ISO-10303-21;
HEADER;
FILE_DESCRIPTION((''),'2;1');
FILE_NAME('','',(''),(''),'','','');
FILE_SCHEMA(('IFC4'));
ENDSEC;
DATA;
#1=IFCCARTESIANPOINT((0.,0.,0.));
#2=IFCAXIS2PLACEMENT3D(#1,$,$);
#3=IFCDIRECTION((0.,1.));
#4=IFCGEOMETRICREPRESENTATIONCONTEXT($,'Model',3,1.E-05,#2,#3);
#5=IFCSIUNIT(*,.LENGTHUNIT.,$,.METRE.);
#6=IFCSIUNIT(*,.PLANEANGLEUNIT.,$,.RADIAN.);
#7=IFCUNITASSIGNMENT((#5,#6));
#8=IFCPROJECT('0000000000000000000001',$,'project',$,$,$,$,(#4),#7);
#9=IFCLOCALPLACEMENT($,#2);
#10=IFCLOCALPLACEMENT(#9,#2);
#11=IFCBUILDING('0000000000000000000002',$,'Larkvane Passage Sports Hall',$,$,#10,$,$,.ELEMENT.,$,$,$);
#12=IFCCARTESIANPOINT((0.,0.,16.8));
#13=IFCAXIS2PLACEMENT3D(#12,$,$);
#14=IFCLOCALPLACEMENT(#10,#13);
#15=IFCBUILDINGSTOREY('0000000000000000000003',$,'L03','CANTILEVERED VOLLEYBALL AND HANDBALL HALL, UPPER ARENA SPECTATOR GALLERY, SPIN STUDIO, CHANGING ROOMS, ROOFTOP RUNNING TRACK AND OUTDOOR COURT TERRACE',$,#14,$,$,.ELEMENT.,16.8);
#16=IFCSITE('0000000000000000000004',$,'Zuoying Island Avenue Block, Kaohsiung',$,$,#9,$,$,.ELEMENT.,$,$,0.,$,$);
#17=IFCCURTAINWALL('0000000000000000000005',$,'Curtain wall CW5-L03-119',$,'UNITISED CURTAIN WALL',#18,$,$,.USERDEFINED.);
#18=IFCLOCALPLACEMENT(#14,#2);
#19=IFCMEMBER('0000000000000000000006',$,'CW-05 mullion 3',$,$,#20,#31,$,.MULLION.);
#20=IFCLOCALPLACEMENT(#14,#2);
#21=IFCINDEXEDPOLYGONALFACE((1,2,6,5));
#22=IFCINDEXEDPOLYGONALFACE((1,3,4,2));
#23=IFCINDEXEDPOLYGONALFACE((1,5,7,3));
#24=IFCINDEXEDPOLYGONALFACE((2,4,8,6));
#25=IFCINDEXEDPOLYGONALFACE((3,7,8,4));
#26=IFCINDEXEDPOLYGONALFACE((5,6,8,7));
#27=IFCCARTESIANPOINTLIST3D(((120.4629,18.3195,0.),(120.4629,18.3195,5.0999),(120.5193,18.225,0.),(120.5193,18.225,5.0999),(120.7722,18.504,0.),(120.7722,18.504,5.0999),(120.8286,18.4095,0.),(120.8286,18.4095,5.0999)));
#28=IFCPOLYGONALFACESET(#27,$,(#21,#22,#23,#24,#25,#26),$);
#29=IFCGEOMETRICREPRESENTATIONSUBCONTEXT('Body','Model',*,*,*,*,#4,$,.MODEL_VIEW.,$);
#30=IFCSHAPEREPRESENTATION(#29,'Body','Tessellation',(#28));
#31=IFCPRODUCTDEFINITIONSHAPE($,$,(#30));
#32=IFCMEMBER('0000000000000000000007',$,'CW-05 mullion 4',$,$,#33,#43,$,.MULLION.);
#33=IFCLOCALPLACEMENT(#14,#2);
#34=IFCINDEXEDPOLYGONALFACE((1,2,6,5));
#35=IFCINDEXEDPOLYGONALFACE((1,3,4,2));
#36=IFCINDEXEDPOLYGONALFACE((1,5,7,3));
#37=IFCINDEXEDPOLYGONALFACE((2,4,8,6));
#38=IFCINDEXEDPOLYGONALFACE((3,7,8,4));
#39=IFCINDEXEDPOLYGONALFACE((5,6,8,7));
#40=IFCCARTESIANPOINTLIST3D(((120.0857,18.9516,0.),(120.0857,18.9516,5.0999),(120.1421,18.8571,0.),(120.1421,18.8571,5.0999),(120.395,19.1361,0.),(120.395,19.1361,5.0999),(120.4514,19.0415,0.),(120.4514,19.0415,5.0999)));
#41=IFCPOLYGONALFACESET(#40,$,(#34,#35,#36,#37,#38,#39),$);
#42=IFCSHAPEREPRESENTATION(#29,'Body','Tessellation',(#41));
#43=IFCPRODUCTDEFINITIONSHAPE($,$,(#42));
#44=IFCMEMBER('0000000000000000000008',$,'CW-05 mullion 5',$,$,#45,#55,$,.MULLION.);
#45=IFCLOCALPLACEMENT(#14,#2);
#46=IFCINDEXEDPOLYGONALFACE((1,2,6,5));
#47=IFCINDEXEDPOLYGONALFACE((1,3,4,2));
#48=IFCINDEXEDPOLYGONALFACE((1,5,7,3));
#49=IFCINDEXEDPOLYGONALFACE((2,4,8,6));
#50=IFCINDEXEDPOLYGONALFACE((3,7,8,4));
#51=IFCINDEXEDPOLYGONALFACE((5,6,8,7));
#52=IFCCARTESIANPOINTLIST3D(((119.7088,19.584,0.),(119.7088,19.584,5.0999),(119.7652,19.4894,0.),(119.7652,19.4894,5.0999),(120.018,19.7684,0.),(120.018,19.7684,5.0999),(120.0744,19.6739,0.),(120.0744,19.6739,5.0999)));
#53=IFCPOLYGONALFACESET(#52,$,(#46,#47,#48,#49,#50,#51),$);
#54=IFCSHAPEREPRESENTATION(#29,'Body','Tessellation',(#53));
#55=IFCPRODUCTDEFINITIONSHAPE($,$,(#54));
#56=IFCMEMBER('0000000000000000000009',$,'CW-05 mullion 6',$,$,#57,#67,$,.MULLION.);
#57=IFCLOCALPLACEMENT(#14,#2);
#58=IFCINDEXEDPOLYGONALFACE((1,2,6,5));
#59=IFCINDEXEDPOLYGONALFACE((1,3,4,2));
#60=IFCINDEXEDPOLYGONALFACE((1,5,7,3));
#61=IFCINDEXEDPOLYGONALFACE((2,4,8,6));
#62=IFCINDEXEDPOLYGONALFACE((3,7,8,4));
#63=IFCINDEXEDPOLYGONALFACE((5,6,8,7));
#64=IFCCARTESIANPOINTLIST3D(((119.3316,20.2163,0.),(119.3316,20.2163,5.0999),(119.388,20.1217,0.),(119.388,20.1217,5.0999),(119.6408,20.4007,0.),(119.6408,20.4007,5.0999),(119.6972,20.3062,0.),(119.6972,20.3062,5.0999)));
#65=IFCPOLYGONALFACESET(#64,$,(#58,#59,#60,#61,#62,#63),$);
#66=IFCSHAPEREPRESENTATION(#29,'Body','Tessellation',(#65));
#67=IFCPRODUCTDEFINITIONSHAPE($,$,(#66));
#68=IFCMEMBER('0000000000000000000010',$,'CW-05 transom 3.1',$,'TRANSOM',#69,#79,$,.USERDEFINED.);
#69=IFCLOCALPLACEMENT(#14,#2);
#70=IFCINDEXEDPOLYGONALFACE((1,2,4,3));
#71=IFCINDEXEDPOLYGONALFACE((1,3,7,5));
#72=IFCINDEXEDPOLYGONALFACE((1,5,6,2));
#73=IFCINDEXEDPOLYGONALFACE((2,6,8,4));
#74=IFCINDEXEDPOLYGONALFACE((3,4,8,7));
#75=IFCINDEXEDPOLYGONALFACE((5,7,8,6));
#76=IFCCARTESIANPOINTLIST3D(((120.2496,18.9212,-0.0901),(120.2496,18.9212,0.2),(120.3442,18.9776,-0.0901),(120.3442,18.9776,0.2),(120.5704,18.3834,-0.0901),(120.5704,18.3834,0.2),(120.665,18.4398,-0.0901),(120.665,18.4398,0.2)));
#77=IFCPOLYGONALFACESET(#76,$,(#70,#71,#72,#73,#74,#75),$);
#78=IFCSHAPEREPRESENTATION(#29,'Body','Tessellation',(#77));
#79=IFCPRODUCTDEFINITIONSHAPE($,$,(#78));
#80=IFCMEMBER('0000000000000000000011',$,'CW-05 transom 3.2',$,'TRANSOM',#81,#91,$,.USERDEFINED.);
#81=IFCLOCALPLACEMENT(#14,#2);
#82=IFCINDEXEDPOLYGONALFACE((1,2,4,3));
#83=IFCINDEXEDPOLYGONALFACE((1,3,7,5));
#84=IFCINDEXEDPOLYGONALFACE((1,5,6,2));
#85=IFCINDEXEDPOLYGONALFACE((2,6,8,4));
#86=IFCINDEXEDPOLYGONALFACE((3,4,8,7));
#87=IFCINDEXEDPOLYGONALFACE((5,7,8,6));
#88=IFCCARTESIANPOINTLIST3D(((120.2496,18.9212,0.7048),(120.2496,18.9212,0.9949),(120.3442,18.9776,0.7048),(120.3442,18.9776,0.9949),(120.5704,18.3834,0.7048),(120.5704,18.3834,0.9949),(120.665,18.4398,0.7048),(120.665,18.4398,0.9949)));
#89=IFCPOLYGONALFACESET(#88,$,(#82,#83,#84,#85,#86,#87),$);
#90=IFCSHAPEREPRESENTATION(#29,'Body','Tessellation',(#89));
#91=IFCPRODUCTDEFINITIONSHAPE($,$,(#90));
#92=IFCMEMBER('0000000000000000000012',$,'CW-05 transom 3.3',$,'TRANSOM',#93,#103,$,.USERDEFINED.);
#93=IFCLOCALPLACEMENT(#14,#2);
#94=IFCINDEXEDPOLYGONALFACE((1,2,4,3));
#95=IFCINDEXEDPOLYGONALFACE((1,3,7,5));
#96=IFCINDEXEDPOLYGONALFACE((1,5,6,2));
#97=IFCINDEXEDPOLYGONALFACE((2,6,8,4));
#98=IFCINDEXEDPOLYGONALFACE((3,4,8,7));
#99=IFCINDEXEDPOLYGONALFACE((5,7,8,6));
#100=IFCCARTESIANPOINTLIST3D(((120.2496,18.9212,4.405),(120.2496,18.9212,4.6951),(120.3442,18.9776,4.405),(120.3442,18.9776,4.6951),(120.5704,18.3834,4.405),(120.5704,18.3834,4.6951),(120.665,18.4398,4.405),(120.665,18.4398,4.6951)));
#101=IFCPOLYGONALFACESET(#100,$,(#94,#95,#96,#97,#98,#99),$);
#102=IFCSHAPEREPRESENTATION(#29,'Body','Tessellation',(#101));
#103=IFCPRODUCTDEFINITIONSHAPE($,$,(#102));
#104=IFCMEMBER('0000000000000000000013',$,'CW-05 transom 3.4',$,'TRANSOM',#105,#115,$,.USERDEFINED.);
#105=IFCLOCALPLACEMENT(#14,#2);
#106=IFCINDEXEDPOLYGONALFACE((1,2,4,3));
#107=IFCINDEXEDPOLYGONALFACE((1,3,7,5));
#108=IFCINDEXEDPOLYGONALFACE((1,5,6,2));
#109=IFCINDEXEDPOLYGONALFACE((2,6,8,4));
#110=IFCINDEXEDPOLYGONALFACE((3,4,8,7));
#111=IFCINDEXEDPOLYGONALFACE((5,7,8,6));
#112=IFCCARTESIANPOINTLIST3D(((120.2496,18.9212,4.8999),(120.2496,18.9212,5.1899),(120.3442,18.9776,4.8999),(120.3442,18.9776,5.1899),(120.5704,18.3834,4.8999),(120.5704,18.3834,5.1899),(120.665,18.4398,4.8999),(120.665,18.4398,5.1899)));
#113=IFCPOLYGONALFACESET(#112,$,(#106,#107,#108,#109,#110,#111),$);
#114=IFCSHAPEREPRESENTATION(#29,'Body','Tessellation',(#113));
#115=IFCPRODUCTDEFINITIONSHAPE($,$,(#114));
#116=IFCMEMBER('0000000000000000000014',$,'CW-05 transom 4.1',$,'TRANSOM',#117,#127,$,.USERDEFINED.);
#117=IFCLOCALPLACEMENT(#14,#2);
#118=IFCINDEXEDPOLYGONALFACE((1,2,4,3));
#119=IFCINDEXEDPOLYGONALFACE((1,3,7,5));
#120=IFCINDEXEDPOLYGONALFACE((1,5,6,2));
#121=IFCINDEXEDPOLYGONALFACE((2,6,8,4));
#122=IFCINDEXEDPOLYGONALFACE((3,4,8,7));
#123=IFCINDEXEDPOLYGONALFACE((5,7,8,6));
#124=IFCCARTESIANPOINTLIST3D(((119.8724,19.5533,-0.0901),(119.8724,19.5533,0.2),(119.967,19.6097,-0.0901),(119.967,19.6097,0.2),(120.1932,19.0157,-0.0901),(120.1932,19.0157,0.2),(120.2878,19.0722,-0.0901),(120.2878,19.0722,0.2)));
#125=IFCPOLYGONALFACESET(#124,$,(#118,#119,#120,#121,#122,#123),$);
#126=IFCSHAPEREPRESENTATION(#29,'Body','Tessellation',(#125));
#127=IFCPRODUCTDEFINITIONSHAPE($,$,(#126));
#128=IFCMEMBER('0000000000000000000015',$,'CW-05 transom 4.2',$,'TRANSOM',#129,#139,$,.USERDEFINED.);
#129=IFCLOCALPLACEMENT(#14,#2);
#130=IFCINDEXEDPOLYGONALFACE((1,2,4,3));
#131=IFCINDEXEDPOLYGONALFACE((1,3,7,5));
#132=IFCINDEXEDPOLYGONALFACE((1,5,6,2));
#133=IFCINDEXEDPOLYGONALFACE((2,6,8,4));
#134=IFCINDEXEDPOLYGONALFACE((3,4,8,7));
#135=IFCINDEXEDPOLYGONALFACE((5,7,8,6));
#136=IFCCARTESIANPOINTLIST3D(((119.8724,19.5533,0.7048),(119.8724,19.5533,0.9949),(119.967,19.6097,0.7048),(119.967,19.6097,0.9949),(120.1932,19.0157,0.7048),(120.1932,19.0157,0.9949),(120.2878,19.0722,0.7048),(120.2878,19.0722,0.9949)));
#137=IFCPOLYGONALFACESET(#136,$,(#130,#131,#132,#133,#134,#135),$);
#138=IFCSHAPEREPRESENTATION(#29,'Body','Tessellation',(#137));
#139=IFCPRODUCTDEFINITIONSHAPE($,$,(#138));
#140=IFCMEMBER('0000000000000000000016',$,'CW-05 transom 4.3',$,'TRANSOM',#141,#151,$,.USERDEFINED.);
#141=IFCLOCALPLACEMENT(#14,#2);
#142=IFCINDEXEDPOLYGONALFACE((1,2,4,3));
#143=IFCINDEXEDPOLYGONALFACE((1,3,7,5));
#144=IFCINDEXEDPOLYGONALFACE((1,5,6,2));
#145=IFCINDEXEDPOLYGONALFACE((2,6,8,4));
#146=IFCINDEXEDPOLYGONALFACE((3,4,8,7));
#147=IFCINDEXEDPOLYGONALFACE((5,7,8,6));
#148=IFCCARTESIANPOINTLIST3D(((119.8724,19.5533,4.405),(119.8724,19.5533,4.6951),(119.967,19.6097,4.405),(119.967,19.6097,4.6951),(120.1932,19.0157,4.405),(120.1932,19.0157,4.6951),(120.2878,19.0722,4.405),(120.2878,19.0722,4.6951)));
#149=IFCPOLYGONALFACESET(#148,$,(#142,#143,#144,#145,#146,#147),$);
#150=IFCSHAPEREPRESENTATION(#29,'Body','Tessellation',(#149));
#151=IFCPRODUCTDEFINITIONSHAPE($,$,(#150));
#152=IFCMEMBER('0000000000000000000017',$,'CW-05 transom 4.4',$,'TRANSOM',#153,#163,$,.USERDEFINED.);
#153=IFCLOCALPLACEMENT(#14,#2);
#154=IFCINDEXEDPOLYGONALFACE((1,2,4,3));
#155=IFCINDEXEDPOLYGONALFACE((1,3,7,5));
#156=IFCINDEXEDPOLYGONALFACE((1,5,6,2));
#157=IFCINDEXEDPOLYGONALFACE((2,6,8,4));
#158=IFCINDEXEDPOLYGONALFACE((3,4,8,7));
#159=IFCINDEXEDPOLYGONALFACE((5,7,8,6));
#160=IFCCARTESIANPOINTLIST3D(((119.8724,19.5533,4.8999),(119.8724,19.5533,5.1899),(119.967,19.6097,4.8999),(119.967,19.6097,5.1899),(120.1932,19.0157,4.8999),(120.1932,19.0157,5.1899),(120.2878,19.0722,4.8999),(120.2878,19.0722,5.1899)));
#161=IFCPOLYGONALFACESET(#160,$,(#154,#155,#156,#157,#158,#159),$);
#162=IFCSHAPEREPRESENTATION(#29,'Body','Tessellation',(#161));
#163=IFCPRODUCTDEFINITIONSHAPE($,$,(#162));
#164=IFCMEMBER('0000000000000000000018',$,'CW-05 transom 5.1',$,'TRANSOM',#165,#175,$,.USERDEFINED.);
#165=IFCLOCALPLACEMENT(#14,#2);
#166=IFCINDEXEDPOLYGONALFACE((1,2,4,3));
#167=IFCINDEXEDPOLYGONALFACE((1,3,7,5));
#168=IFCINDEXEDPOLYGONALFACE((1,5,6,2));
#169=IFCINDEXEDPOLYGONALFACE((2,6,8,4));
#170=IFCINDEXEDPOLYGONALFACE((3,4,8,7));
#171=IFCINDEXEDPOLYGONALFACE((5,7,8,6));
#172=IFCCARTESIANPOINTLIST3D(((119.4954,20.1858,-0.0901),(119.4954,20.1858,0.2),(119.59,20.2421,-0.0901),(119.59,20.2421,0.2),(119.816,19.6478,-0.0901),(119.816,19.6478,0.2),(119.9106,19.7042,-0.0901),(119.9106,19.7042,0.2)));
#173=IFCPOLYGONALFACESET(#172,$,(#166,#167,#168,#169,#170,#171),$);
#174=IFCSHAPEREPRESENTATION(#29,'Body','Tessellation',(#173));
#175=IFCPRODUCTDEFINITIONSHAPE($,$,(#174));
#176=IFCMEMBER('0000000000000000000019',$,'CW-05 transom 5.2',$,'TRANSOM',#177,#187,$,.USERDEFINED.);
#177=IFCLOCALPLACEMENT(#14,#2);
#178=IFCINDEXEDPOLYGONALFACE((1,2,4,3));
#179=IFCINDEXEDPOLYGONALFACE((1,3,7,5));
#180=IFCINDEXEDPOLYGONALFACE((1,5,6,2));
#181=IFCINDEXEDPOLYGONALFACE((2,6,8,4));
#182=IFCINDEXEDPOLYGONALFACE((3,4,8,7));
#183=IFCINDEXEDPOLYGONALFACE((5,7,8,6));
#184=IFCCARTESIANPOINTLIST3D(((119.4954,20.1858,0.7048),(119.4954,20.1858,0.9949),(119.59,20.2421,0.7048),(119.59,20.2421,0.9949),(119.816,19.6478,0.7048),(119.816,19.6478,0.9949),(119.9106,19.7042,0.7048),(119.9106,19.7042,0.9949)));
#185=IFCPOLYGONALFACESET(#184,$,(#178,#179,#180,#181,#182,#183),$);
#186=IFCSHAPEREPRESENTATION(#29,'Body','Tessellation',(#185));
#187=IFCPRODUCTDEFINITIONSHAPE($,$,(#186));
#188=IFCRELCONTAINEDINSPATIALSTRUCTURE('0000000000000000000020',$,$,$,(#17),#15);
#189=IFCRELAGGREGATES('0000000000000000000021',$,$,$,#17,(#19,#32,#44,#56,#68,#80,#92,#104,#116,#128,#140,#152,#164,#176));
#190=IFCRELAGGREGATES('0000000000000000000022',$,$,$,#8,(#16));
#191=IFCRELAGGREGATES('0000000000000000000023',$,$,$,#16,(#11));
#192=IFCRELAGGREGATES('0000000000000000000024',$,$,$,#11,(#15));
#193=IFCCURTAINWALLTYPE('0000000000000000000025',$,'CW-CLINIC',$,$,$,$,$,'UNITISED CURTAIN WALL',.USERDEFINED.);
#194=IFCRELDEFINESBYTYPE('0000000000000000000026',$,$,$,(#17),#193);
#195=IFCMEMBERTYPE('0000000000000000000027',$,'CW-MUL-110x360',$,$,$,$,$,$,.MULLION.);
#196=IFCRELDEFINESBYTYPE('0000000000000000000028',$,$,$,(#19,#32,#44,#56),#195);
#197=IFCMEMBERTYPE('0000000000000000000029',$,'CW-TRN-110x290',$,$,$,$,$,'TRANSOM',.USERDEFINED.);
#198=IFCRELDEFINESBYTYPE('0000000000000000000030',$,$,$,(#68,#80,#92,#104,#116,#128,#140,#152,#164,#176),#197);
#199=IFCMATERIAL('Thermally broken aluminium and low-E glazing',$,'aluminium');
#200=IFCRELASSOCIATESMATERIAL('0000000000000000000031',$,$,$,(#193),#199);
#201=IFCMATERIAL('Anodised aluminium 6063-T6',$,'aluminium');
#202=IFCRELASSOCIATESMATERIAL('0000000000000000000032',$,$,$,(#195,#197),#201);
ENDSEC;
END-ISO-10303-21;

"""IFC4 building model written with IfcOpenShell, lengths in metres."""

from ifc_helpers import new_model, si_unit, direction, frame, origin, origin_2d, place, context, subcontext, project, spatial, rectangle, extrude, material, material_profile, profile_set, type_object, element, aggregate, save


model = new_model("IFC4")

# Units and contexts
model_context = context("Model", 3, precision=1e-05, world=origin(), true_north=direction((0.0, 1.0)))
body_context = subcontext(model_context, "Body", "Model", "MODEL_VIEW")
ifc_project = project(units=[si_unit("LENGTHUNIT", "METRE"), si_unit("PLANEANGLEUNIT", "RADIAN")], contexts=[model_context])

# Site, building, storey
site_placement = place(None, origin())
site = spatial("IfcSite", under=ifc_project, at=site_placement, Name="Zuoying Island Avenue Block, Kaohsiung", CompositionType="ELEMENT", RefElevation=0.0)
building_placement = place(site_placement, origin())
building = spatial("IfcBuilding", under=site, at=building_placement, Name="Larkvane Passage Sports Hall", CompositionType="ELEMENT")
storey_placement = place(building_placement, frame((0.0, 0.0, 16.8)))
storey = spatial("IfcBuildingStorey", under=building, at=storey_placement, Name="L03", Description="CANTILEVERED VOLLEYBALL AND HANDBALL HALL, UPPER ARENA SPECTATOR GALLERY, SPIN STUDIO, CHANGING ROOMS, ROOFTOP RUNNING TRACK AND OUTDOOR COURT TERRACE", CompositionType="ELEMENT", Elevation=16.8)

# Curtain wall, members
ifc_material_1 = material(Name="Thermally broken aluminium and low-E glazing", Category="aluminium")
curtain_wall_type = type_object("IfcCurtainWallType", Name="CW-CLINIC", ElementType="UNITISED CURTAIN WALL", PredefinedType="USERDEFINED", material=ifc_material_1)
curtain_wall_placement = place(storey_placement, origin())
curtain_wall = element("IfcCurtainWall", 1, at=curtain_wall_placement, inside=storey, type_object=curtain_wall_type, Name="Curtain wall CW5-L03-119", ObjectType="UNITISED CURTAIN WALL", PredefinedType="USERDEFINED")
ifc_material_2 = material(Name="Anodised aluminium 6063-T6", Category="aluminium")
ifc_material_profile_1 = material_profile(ifc_material_2, rectangle(XDim=0.1101, YDim=0.3601, at=origin_2d()), Name="ALU-MUL-110x360")
ifc_profile_set_1 = profile_set([ifc_material_profile_1], Name="Anodised aluminium 6063-T6")
member_type_1 = type_object("IfcMemberType", Name="CW-MUL-110x360", PredefinedType="MULLION", material=ifc_profile_set_1)
member_1_placement = place(storey_placement, frame((120.6458, 18.3645, 0.0), z_axis=(0.0, 0.0, 1.0), x_axis=(-0.512274, 0.858822, 0.0)))
member_1 = element("IfcMember", 2, at=member_1_placement, type_object=member_type_1, Name="CW-05 mullion 3", PredefinedType="MULLION", context=body_context, shape_type="SweptSolid", body=[
    extrude(rectangle(XDim=0.1101, YDim=0.3601, at=origin_2d()), origin(), (0.0, 0.0, 1.0), 5.0999),
])
member_2_placement = place(storey_placement, frame((120.2686, 18.9966, 0.0), z_axis=(0.0, 0.0, 1.0), x_axis=(-0.512274, 0.858822, 0.0)))
member_2 = element("IfcMember", 3, at=member_2_placement, type_object=member_type_1, Name="CW-05 mullion 4", PredefinedType="MULLION", context=body_context, shape_type="SweptSolid", body=[
    extrude(rectangle(XDim=0.1101, YDim=0.3601, at=origin_2d()), origin(), (0.0, 0.0, 1.0), 5.0999),
])
member_3_placement = place(storey_placement, frame((119.8916, 19.6289, 0.0), z_axis=(0.0, 0.0, 1.0), x_axis=(-0.512274, 0.858822, 0.0)))
member_3 = element("IfcMember", 4, at=member_3_placement, type_object=member_type_1, Name="CW-05 mullion 5", PredefinedType="MULLION", context=body_context, shape_type="SweptSolid", body=[
    extrude(rectangle(XDim=0.1101, YDim=0.3601, at=origin_2d()), origin(), (0.0, 0.0, 1.0), 5.0999),
])
member_4_placement = place(storey_placement, frame((119.5144, 20.2612, 0.0), z_axis=(0.0, 0.0, 1.0), x_axis=(-0.512274, 0.858822, 0.0)))
member_4 = element("IfcMember", 5, at=member_4_placement, type_object=member_type_1, Name="CW-05 mullion 6", PredefinedType="MULLION", context=body_context, shape_type="SweptSolid", body=[
    extrude(rectangle(XDim=0.1101, YDim=0.3601, at=origin_2d()), origin(), (0.0, 0.0, 1.0), 5.0999),
])
ifc_material_profile_2 = material_profile(ifc_material_2, rectangle(XDim=0.1101, YDim=0.29, at=origin_2d()), Name="ALU-TRN-110x290")
ifc_profile_set_2 = profile_set([ifc_material_profile_2], Name="Anodised aluminium 6063-T6")
member_type_2 = type_object("IfcMemberType", Name="CW-TRN-110x290", ElementType="TRANSOM", PredefinedType="USERDEFINED", material=ifc_profile_set_2)
member_5_placement = place(storey_placement, frame((120.6177, 18.4116, 0.0549), z_axis=(-0.512258, 0.858832, 0.0), x_axis=(-0.858832, -0.512258, 0.0)))
member_5 = element("IfcMember", 6, at=member_5_placement, type_object=member_type_2, Name="CW-05 transom 3.1", ObjectType="TRANSOM", PredefinedType="USERDEFINED", context=body_context, shape_type="SweptSolid", body=[
    extrude(rectangle(XDim=0.1101, YDim=0.29, at=origin_2d()), origin(), (0.0, 0.0, 1.0), 0.6262),
])
member_6_placement = place(storey_placement, frame((120.6177, 18.4116, 0.8499), z_axis=(-0.512258, 0.858832, 0.0), x_axis=(-0.858832, -0.512258, 0.0)))
member_6 = element("IfcMember", 7, at=member_6_placement, type_object=member_type_2, Name="CW-05 transom 3.2", ObjectType="TRANSOM", PredefinedType="USERDEFINED", context=body_context, shape_type="SweptSolid", body=[
    extrude(rectangle(XDim=0.1101, YDim=0.29, at=origin_2d()), origin(), (0.0, 0.0, 1.0), 0.6262),
])
member_7_placement = place(storey_placement, frame((120.6177, 18.4116, 4.55), z_axis=(-0.512258, 0.858832, 0.0), x_axis=(-0.858832, -0.512258, 0.0)))
member_7 = element("IfcMember", 8, at=member_7_placement, type_object=member_type_2, Name="CW-05 transom 3.3", ObjectType="TRANSOM", PredefinedType="USERDEFINED", context=body_context, shape_type="SweptSolid", body=[
    extrude(rectangle(XDim=0.1101, YDim=0.29, at=origin_2d()), origin(), (0.0, 0.0, 1.0), 0.6262),
])
member_8_placement = place(storey_placement, frame((120.6177, 18.4116, 5.0449), z_axis=(-0.512258, 0.858832, 0.0), x_axis=(-0.858832, -0.512258, 0.0)))
member_8 = element("IfcMember", 9, at=member_8_placement, type_object=member_type_2, Name="CW-05 transom 3.4", ObjectType="TRANSOM", PredefinedType="USERDEFINED", context=body_context, shape_type="SweptSolid", body=[
    extrude(rectangle(XDim=0.1101, YDim=0.29, at=origin_2d()), origin(), (0.0, 0.0, 1.0), 0.6262),
])
member_9_placement = place(storey_placement, frame((120.2405, 19.0439, 0.0549), z_axis=(-0.51243, 0.858729, 0.0), x_axis=(-0.858729, -0.51243, 0.0)))
member_9 = element("IfcMember", 10, at=member_9_placement, type_object=member_type_2, Name="CW-05 transom 4.1", ObjectType="TRANSOM", PredefinedType="USERDEFINED", context=body_context, shape_type="SweptSolid", body=[
    extrude(rectangle(XDim=0.1101, YDim=0.29, at=origin_2d()), origin(), (0.0, 0.0, 1.0), 0.626),
])
member_10_placement = place(storey_placement, frame((120.2405, 19.0439, 0.8499), z_axis=(-0.51243, 0.858729, 0.0), x_axis=(-0.858729, -0.51243, 0.0)))
member_10 = element("IfcMember", 11, at=member_10_placement, type_object=member_type_2, Name="CW-05 transom 4.2", ObjectType="TRANSOM", PredefinedType="USERDEFINED", context=body_context, shape_type="SweptSolid", body=[
    extrude(rectangle(XDim=0.1101, YDim=0.29, at=origin_2d()), origin(), (0.0, 0.0, 1.0), 0.626),
])
member_11_placement = place(storey_placement, frame((120.2405, 19.0439, 4.55), z_axis=(-0.51243, 0.858729, 0.0), x_axis=(-0.858729, -0.51243, 0.0)))
member_11 = element("IfcMember", 12, at=member_11_placement, type_object=member_type_2, Name="CW-05 transom 4.3", ObjectType="TRANSOM", PredefinedType="USERDEFINED", context=body_context, shape_type="SweptSolid", body=[
    extrude(rectangle(XDim=0.1101, YDim=0.29, at=origin_2d()), origin(), (0.0, 0.0, 1.0), 0.626),
])
member_12_placement = place(storey_placement, frame((120.2405, 19.0439, 5.0449), z_axis=(-0.51243, 0.858729, 0.0), x_axis=(-0.858729, -0.51243, 0.0)))
member_12 = element("IfcMember", 13, at=member_12_placement, type_object=member_type_2, Name="CW-05 transom 4.4", ObjectType="TRANSOM", PredefinedType="USERDEFINED", context=body_context, shape_type="SweptSolid", body=[
    extrude(rectangle(XDim=0.1101, YDim=0.29, at=origin_2d()), origin(), (0.0, 0.0, 1.0), 0.626),
])
member_13_placement = place(storey_placement, frame((119.8633, 19.676, 0.0549), z_axis=(-0.51197, 0.859003, 0.0), x_axis=(-0.859003, -0.51197, 0.0)))
member_13 = element("IfcMember", 14, at=member_13_placement, type_object=member_type_2, Name="CW-05 transom 5.1", ObjectType="TRANSOM", PredefinedType="USERDEFINED", context=body_context, shape_type="SweptSolid", body=[
    extrude(rectangle(XDim=0.1101, YDim=0.29, at=origin_2d()), origin(), (0.0, 0.0, 1.0), 0.6262),
])
member_14_placement = place(storey_placement, frame((119.8633, 19.676, 0.8499), z_axis=(-0.51197, 0.859003, 0.0), x_axis=(-0.859003, -0.51197, 0.0)))
member_14 = element("IfcMember", 15, at=member_14_placement, type_object=member_type_2, Name="CW-05 transom 5.2", ObjectType="TRANSOM", PredefinedType="USERDEFINED", context=body_context, shape_type="SweptSolid", body=[
    extrude(rectangle(XDim=0.1101, YDim=0.29, at=origin_2d()), origin(), (0.0, 0.0, 1.0), 0.6262),
])
aggregate(curtain_wall, [member_1, member_2, member_3, member_4, member_5, member_6, member_7, member_8, member_9, member_10, member_11, member_12, member_13, member_14])

save(model, "model.ifc")
